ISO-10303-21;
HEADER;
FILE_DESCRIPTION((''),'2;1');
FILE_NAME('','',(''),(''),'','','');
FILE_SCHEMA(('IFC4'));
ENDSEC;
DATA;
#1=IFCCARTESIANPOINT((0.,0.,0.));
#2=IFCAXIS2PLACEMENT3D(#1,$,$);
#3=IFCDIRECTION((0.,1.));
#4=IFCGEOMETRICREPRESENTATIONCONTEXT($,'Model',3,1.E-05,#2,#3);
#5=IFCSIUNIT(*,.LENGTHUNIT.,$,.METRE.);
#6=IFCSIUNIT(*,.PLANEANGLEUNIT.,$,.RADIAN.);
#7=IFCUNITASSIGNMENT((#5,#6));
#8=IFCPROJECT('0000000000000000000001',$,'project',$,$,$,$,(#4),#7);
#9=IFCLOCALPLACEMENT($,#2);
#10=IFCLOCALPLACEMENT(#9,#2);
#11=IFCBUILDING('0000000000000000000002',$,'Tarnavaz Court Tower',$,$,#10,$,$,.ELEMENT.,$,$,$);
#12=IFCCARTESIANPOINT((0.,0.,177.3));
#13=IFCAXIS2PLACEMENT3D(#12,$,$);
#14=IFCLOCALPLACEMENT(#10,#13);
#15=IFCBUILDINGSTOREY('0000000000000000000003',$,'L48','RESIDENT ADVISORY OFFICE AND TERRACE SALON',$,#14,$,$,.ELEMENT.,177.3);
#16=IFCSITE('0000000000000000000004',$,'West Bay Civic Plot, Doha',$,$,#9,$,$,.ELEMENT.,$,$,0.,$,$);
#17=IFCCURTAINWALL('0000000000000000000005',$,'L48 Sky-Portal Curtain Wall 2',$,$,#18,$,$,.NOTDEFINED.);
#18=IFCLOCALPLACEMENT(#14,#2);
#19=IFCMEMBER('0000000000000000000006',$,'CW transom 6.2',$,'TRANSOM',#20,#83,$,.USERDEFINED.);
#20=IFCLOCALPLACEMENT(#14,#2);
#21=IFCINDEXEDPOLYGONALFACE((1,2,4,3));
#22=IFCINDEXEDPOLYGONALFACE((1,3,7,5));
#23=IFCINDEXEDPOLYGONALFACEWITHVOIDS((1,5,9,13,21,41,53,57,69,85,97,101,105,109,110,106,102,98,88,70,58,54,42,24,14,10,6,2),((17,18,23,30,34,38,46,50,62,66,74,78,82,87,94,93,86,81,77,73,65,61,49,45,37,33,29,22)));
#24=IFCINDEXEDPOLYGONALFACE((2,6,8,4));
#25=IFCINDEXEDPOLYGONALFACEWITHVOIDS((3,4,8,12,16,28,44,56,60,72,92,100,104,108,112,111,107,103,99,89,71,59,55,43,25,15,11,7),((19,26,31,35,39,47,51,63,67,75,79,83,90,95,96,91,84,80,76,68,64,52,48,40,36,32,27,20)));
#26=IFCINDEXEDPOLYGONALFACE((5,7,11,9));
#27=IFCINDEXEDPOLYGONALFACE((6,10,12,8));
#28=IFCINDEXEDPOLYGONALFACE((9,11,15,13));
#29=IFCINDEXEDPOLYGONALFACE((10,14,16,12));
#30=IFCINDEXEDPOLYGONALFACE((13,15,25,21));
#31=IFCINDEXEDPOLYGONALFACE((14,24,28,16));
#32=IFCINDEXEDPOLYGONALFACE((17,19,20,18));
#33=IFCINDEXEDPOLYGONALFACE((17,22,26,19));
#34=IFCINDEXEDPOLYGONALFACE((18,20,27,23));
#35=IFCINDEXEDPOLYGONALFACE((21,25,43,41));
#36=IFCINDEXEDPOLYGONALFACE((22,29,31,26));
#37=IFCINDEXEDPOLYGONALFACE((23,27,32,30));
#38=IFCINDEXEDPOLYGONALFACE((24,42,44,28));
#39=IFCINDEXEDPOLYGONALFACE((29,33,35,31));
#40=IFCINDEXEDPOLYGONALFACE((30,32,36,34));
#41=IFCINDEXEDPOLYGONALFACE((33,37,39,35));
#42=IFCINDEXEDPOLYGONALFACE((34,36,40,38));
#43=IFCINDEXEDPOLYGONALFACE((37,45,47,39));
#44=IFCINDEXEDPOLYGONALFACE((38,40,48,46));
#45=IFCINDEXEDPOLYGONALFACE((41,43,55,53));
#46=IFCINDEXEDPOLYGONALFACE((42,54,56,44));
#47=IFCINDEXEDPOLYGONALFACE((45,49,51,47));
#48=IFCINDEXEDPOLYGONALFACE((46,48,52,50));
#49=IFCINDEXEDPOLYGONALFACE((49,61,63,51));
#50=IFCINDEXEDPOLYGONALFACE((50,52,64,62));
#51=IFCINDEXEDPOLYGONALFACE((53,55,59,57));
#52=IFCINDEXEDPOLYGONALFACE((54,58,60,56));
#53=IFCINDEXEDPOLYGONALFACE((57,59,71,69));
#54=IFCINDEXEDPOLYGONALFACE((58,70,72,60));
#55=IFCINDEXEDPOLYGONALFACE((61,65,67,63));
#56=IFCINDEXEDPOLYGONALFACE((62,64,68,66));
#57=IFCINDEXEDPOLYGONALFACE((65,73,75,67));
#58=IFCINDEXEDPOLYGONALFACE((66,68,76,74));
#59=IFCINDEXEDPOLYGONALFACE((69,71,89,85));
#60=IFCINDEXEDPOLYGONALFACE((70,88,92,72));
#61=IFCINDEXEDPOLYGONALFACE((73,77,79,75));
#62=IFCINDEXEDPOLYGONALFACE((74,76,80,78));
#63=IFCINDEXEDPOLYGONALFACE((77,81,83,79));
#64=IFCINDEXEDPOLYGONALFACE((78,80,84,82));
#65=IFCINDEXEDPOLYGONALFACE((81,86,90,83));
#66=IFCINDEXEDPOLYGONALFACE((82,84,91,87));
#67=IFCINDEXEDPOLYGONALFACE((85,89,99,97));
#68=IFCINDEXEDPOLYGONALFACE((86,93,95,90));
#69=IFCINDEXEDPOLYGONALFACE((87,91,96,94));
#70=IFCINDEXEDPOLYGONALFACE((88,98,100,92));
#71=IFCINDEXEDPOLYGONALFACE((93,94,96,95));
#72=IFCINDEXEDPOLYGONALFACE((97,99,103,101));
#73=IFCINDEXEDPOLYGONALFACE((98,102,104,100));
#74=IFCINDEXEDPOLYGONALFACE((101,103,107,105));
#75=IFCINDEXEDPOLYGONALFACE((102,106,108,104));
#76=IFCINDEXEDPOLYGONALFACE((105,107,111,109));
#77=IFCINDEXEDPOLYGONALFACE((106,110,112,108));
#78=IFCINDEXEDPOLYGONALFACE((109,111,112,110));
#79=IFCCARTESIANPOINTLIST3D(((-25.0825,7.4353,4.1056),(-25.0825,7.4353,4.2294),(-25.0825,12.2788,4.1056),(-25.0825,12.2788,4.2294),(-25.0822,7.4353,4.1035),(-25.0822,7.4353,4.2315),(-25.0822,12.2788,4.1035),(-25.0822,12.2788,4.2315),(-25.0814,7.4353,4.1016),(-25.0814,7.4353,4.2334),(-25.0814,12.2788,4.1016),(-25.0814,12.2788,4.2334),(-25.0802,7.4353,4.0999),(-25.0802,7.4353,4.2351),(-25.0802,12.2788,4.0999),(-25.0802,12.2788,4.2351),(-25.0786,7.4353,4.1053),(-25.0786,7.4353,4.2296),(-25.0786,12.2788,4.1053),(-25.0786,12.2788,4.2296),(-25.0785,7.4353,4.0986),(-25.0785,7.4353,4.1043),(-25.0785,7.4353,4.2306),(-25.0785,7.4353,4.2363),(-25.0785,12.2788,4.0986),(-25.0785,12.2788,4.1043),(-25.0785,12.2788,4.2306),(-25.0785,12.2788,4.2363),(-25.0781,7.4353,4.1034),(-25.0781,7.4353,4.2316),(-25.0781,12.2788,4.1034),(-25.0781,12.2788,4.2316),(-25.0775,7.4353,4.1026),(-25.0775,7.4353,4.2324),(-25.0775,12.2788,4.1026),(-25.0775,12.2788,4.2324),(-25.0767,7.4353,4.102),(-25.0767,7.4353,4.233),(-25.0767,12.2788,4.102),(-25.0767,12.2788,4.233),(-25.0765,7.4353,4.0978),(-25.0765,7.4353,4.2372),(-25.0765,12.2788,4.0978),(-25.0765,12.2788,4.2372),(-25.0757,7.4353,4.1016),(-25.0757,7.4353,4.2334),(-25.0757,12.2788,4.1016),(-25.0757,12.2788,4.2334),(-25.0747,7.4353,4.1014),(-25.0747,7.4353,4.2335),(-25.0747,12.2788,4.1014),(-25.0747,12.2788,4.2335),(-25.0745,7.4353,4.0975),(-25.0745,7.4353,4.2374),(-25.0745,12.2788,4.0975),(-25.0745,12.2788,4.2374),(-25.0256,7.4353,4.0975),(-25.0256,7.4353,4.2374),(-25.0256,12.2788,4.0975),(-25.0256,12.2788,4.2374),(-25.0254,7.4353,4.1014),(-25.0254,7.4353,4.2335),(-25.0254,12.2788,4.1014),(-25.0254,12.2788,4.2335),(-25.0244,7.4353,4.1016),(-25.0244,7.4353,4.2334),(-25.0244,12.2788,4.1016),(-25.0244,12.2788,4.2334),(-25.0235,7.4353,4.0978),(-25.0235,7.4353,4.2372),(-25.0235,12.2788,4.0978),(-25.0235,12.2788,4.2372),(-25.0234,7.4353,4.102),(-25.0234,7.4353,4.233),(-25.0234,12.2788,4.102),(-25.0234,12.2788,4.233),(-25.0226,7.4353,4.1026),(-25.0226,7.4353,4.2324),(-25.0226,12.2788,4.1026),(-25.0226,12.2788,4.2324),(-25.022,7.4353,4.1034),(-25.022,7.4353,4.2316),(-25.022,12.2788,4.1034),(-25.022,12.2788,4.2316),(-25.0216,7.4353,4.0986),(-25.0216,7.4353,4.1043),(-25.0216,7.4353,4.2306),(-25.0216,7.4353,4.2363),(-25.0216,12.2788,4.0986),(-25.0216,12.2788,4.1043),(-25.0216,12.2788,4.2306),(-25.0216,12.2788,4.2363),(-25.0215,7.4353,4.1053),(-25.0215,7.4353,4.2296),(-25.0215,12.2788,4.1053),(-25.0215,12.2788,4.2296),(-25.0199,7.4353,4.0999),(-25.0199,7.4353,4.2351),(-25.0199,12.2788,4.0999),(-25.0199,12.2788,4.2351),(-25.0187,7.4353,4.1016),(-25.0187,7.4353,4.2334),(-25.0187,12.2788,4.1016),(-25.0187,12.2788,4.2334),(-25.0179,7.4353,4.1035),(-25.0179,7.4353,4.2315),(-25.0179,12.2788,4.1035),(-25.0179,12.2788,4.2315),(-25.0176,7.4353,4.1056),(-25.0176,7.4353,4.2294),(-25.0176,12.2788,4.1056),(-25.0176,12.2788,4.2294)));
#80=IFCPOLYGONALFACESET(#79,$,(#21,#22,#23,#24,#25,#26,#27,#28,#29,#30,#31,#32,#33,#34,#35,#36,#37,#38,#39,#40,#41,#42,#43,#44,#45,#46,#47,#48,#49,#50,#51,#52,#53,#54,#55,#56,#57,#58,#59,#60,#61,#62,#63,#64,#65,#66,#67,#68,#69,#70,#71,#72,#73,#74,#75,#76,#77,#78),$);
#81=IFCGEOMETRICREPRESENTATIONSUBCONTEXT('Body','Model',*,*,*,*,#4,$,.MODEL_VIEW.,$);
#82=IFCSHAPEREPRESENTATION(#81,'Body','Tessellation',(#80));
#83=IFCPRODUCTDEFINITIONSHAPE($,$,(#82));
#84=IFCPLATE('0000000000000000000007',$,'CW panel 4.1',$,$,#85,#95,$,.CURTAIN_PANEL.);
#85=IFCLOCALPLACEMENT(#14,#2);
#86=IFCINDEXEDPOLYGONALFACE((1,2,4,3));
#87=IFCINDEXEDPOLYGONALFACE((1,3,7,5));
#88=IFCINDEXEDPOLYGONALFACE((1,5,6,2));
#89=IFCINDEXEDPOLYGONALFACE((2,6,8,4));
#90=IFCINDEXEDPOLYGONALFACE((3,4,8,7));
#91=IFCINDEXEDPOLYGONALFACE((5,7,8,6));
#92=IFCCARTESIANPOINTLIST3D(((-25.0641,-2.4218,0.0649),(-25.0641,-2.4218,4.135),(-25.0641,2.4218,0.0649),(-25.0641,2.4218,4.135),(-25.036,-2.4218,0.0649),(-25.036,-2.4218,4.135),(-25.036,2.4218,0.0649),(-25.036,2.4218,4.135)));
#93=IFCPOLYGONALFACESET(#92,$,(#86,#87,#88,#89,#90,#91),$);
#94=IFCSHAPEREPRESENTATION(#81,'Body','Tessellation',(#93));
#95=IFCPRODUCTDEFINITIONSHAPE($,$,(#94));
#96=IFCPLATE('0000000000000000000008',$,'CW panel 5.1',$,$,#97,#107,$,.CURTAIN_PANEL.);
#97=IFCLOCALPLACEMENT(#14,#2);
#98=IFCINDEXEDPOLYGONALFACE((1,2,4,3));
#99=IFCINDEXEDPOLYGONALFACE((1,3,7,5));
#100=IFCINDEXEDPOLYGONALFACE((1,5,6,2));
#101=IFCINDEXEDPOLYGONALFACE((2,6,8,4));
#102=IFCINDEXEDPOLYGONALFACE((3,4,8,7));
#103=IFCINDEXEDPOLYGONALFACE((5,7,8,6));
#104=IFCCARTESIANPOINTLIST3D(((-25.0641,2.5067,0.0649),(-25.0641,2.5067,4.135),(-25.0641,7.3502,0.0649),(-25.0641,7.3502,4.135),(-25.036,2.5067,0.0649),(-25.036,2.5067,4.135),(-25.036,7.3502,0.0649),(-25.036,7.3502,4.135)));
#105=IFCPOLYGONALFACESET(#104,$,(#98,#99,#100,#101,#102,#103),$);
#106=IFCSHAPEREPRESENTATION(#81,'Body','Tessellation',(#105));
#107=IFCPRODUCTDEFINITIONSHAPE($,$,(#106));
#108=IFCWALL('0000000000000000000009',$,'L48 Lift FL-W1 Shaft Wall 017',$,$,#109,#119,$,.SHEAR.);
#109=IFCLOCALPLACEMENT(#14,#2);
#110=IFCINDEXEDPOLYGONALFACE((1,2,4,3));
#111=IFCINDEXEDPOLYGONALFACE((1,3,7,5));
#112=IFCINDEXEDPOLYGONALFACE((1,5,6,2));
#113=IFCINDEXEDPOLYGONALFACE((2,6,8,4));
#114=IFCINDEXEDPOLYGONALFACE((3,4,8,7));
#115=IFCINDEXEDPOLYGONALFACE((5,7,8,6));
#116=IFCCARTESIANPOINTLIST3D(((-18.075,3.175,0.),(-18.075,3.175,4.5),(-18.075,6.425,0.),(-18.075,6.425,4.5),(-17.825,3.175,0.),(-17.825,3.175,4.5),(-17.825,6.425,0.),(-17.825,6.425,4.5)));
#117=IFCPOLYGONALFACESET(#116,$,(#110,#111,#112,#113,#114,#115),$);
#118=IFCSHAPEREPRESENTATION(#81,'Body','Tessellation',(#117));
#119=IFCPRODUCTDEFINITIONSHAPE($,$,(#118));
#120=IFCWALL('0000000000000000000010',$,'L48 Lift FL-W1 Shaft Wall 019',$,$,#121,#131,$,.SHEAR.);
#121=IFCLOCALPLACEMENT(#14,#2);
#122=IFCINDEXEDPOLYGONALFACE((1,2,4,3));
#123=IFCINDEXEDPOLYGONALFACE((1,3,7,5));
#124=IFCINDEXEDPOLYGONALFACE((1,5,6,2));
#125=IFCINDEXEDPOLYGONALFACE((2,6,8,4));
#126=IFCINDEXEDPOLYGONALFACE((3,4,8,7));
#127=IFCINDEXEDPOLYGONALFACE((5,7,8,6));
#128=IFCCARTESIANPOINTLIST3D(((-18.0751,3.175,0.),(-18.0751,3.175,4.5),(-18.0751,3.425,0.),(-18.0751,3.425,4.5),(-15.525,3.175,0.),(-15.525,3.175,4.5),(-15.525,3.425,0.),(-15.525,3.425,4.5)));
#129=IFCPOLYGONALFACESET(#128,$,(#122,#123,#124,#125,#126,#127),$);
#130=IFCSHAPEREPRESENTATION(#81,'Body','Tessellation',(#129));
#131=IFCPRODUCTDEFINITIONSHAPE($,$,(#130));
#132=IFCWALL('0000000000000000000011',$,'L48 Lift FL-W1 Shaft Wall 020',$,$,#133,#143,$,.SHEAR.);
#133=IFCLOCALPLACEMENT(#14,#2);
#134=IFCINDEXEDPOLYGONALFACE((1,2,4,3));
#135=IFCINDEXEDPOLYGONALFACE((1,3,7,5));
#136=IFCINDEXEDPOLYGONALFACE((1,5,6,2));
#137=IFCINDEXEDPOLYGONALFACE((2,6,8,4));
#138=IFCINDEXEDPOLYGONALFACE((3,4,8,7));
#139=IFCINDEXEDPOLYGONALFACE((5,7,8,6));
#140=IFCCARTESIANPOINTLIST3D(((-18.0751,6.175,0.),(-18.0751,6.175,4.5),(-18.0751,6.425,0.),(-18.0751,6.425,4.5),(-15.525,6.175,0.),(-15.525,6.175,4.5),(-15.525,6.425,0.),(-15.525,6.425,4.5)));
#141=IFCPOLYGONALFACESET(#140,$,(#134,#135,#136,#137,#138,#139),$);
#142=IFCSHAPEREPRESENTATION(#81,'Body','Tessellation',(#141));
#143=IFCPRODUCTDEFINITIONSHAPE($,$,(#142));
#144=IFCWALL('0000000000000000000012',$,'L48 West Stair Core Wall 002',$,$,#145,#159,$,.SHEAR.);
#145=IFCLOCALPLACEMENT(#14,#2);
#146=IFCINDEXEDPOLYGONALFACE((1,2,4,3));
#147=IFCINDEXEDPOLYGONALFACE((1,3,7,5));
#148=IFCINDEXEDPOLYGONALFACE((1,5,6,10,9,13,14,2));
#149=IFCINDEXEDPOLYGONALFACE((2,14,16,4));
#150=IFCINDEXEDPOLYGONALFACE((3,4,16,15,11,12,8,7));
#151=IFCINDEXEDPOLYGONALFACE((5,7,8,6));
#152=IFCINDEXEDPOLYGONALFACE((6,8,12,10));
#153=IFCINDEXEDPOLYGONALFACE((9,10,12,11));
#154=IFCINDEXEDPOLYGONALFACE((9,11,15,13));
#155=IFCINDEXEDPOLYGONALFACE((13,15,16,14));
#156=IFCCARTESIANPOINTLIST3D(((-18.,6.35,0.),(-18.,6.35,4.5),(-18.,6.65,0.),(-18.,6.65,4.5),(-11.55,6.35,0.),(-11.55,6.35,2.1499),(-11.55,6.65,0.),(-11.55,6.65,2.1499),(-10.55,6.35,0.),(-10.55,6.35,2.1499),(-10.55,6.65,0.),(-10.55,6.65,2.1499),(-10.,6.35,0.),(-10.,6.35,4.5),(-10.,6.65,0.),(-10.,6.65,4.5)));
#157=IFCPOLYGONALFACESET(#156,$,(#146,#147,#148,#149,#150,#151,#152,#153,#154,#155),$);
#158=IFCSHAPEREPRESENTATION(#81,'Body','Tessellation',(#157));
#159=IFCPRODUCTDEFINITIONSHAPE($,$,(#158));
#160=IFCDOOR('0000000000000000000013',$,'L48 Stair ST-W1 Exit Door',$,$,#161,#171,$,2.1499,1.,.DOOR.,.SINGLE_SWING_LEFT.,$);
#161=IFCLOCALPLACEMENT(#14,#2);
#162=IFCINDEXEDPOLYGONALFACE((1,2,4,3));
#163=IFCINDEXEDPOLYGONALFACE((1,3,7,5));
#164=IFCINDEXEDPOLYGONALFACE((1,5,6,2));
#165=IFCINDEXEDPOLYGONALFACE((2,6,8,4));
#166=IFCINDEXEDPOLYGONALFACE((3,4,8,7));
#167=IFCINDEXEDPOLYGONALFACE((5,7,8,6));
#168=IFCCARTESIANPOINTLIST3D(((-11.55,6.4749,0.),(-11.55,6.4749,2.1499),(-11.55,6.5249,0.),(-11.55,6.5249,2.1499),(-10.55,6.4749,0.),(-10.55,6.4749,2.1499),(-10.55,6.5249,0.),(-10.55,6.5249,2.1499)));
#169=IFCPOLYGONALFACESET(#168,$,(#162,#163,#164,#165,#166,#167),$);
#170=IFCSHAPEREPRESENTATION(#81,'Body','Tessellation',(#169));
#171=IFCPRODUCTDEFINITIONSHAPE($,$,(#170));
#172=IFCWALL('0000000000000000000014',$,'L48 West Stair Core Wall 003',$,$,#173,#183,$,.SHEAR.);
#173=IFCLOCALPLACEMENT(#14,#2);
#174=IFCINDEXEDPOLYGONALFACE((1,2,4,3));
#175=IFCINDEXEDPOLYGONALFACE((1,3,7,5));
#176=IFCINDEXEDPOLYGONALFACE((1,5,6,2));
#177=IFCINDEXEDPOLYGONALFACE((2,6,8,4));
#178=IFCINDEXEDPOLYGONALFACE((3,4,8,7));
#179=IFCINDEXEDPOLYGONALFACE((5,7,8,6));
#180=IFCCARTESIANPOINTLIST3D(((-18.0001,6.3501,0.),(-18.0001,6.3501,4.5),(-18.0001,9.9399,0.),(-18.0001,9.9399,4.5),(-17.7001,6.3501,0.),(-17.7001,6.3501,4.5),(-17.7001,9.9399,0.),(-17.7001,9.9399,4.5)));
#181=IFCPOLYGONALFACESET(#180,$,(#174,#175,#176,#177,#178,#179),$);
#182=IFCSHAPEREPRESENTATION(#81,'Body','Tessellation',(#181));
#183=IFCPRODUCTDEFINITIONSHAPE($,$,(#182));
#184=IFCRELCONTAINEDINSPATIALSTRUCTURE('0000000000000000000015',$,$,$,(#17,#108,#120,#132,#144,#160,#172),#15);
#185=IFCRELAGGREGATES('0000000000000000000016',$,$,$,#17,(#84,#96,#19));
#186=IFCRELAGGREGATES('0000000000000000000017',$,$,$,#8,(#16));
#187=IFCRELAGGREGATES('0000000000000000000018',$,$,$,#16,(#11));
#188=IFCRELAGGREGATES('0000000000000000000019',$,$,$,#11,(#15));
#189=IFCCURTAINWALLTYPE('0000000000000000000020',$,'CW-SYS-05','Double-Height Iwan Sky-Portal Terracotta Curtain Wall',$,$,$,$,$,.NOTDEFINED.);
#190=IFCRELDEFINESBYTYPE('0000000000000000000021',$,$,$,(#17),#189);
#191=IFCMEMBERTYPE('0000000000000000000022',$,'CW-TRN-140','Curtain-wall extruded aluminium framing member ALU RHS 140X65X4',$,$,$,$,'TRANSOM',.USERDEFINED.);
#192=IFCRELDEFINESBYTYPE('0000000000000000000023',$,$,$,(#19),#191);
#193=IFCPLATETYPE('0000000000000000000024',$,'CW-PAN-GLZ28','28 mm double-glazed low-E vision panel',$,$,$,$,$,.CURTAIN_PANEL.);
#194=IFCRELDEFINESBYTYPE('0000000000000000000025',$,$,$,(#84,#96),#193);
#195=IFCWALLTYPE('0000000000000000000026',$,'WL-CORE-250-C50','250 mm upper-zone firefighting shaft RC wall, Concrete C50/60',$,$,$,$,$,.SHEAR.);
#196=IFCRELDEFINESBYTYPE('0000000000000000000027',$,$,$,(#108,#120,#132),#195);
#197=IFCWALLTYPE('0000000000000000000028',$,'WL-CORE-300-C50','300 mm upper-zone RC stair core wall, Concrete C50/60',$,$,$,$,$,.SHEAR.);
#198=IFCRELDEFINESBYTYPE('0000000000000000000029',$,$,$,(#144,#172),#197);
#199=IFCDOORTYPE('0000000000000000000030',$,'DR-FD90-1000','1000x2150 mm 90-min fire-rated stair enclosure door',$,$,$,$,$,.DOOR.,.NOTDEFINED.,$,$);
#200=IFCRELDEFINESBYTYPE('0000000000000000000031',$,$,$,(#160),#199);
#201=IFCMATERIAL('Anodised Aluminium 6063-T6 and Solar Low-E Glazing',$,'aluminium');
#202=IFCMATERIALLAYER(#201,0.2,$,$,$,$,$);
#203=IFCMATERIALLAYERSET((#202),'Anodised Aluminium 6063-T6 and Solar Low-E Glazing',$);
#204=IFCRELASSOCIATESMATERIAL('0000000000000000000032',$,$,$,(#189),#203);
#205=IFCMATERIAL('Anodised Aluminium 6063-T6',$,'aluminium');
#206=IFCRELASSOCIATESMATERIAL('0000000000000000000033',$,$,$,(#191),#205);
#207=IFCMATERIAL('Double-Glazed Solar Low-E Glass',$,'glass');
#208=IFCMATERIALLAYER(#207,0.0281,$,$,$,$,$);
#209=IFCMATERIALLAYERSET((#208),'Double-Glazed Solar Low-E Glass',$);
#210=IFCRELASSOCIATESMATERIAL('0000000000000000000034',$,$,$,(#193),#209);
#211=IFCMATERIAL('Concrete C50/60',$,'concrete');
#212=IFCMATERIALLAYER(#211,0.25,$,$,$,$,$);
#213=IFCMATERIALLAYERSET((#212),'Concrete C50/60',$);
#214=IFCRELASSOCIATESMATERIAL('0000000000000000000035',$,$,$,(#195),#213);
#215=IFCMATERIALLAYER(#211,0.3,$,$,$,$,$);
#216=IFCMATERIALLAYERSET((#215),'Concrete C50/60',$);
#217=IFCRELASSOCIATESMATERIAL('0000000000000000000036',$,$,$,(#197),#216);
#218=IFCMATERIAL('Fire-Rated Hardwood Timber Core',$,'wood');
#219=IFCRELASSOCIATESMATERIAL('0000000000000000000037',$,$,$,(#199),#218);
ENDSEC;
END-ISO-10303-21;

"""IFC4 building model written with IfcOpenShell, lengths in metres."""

from ifc_helpers import new_model, si_unit, direction, frame, frame_2d, origin, origin_2d, place, context, subcontext, project, spatial, rectangle, hollow_rectangle, extrude, material, layer, layer_set, material_profile, profile_set, type_object, element, fill, aggregate, save


model = new_model("IFC4")

# Units and contexts
model_context = context("Model", 3, precision=1e-05, world=origin(), true_north=direction((0.0, 1.0)))
body_context = subcontext(model_context, "Body", "Model", "MODEL_VIEW")
ifc_project = project(units=[si_unit("LENGTHUNIT", "METRE"), si_unit("PLANEANGLEUNIT", "RADIAN")], contexts=[model_context])

# Site, building, storey
site_placement = place(None, origin())
site = spatial("IfcSite", under=ifc_project, at=site_placement, Name="West Bay Civic Plot, Doha", CompositionType="ELEMENT", RefElevation=0.0)
building_placement = place(site_placement, origin())
building = spatial("IfcBuilding", under=site, at=building_placement, Name="Tarnavaz Court Tower", CompositionType="ELEMENT")
storey_placement = place(building_placement, frame((0.0, 0.0, 177.3)))
storey = spatial("IfcBuildingStorey", under=building, at=storey_placement, Name="L48", Description="RESIDENT ADVISORY OFFICE AND TERRACE SALON", CompositionType="ELEMENT", Elevation=177.3)

# Shared definitions
ifc_material_1 = material(Name="Concrete C50/60", Category="concrete")

# Curtain wall, member, plates
ifc_material_2 = material(Name="Anodised Aluminium 6063-T6 and Solar Low-E Glazing", Category="aluminium")
ifc_layer_1 = layer(ifc_material_2, 0.2)
ifc_layer_set_1 = layer_set([ifc_layer_1], Name="Anodised Aluminium 6063-T6 and Solar Low-E Glazing")
curtain_wall_type = type_object("IfcCurtainWallType", Name="CW-SYS-05", Description="Double-Height Iwan Sky-Portal Terracotta Curtain Wall", PredefinedType="NOTDEFINED", material=ifc_layer_set_1)
curtain_wall_placement = place(storey_placement, origin())
curtain_wall = element("IfcCurtainWall", 1, at=curtain_wall_placement, inside=storey, type_object=curtain_wall_type, Name="L48 Sky-Portal Curtain Wall 2", PredefinedType="NOTDEFINED")
ifc_material_3 = material(Name="Anodised Aluminium 6063-T6", Category="aluminium")
ifc_material_profile_1 = material_profile(ifc_material_3, hollow_rectangle(XDim=0.0649, YDim=0.1399, WallThickness=0.0039, InnerFilletRadius=0.0039, OuterFilletRadius=0.0081, at=origin_2d()), Name="ALU RHS 140X65X4")
ifc_profile_set_1 = profile_set([ifc_material_profile_1], Name="Anodised Aluminium 6063-T6")
member_type_1 = type_object("IfcMemberType", Name="CW-TRN-140", Description="Curtain-wall extruded aluminium framing member ALU RHS 140X65X4", ElementType="TRANSOM", PredefinedType="USERDEFINED", material=ifc_profile_set_1)
member_1_placement = place(storey_placement, frame((-25.05, 7.4353, 4.1675), z_axis=(0.0, 1.0, 0.0), x_axis=(-1.0, 0.0, 0.0)))
member_1 = element("IfcMember", 2, at=member_1_placement, type_object=member_type_1, Name="CW transom 6.2", ObjectType="TRANSOM", PredefinedType="USERDEFINED", context=body_context, shape_type="SweptSolid", body=[
    extrude(hollow_rectangle(XDim=0.0649, YDim=0.1399, WallThickness=0.0039, InnerFilletRadius=0.0039, OuterFilletRadius=0.0081, at=origin_2d()), origin(), (0.0, 0.0, 1.0), 4.8435),
])
ifc_material_4 = material(Name="Double-Glazed Solar Low-E Glass", Category="glass")
ifc_layer_2 = layer(ifc_material_4, 0.0281)
ifc_layer_set_2 = layer_set([ifc_layer_2], Name="Double-Glazed Solar Low-E Glass")
plate_type = type_object("IfcPlateType", Name="CW-PAN-GLZ28", Description="28 mm double-glazed low-E vision panel", PredefinedType="CURTAIN_PANEL", material=ifc_layer_set_2)
plate_1_placement = place(storey_placement, frame((-25.05, 0.0, 0.0649), z_axis=(0.0, 0.0, 1.0), x_axis=(0.0, 1.0, 0.0)))
plate_1 = element("IfcPlate", 3, at=plate_1_placement, type_object=plate_type, Name="CW panel 4.1", PredefinedType="CURTAIN_PANEL", context=body_context, shape_type="SweptSolid", body=[
    extrude(rectangle(XDim=4.8435, YDim=0.0281, at=origin_2d()), origin(), (0.0, 0.0, 1.0), 4.0701),
])
plate_2_placement = place(storey_placement, frame((-25.05, 4.9285, 0.0649), z_axis=(0.0, 0.0, 1.0), x_axis=(0.0, 1.0, 0.0)))
plate_2 = element("IfcPlate", 4, at=plate_2_placement, type_object=plate_type, Name="CW panel 5.1", PredefinedType="CURTAIN_PANEL", context=body_context, shape_type="SweptSolid", body=[
    extrude(rectangle(XDim=4.8435, YDim=0.0281, at=origin_2d()), origin(), (0.0, 0.0, 1.0), 4.0701),
])
aggregate(curtain_wall, [plate_1, plate_2, member_1])

# Wall
ifc_layer_3 = layer(ifc_material_1, 0.25)
ifc_layer_set_3 = layer_set([ifc_layer_3], Name="Concrete C50/60")
wall_type_1 = type_object("IfcWallType", Name="WL-CORE-250-C50", Description="250 mm upper-zone firefighting shaft RC wall, Concrete C50/60", PredefinedType="SHEAR", material=ifc_layer_set_3)
wall_1_placement = place(storey_placement, frame((-17.95, 3.175, 0.0), z_axis=(0.0, 0.0, 1.0), x_axis=(0.0, 1.0, 0.0)))
element("IfcWall", 5, at=wall_1_placement, inside=storey, type_object=wall_type_1, Name="L48 Lift FL-W1 Shaft Wall 017", PredefinedType="SHEAR", context=body_context, shape_type="SweptSolid", body=[
    extrude(rectangle(XDim=3.25, YDim=0.25, at=frame_2d((1.625, 0.0))), origin(), (0.0, 0.0, 1.0), 4.5),
])

# Walls
for number, where, z_axis, x_axis, name in (
    (6, (-18.075, 3.3, 0.0), (0.0, 0.0, 1.0), (1.0, 0.0, 0.0), "L48 Lift FL-W1 Shaft Wall 019"),
    (7, (-18.075, 6.3, 0.0), (0.0, 0.0, 1.0), (1.0, 0.0, 0.0), "L48 Lift FL-W1 Shaft Wall 020"),
):
    element("IfcWall", number, at=place(storey_placement, frame(where, z_axis=z_axis, x_axis=x_axis)), inside=storey, type_object=wall_type_1, Name=name, PredefinedType="SHEAR", context=body_context, shape_type="SweptSolid", body=[
        extrude(rectangle(XDim=2.55, YDim=0.25, at=frame_2d((1.2749, 0.0))), origin(), (0.0, 0.0, 1.0), 4.5),
    ])

# Wall, opening, door
ifc_layer_4 = layer(ifc_material_1, 0.3)
ifc_layer_set_4 = layer_set([ifc_layer_4], Name="Concrete C50/60")
wall_type_2 = type_object("IfcWallType", Name="WL-CORE-300-C50", Description="300 mm upper-zone RC stair core wall, Concrete C50/60", PredefinedType="SHEAR", material=ifc_layer_set_4)
wall_2_placement = place(storey_placement, frame((-18.0, 6.5, 0.0), z_axis=(0.0, 0.0, 1.0), x_axis=(1.0, 0.0, 0.0)))
wall_2 = element("IfcWall", 8, at=wall_2_placement, inside=storey, type_object=wall_type_2, Name="L48 West Stair Core Wall 002", PredefinedType="SHEAR", context=body_context, shape_type="SweptSolid", body=[
    extrude(rectangle(XDim=8.0, YDim=0.3, at=frame_2d((4.0, 0.0))), origin(), (0.0, 0.0, 1.0), 4.5),
])
opening_1_placement = place(wall_2_placement, frame((6.45, 0.0, 0.0)))
opening_1 = element("IfcOpeningElement", 9, at=opening_1_placement, cuts=wall_2, PredefinedType="OPENING", context=body_context, shape_type="SweptSolid", body=[
    extrude(rectangle(XDim=1.0, YDim=2.1499, at=frame_2d((0.5, 1.075))), frame((0.0, 0.1599, 0.0), z_axis=(0.0, -1.0, 0.0), x_axis=(1.0, 0.0, 0.0)), (0.0, 0.0, 1.0), 0.3201),
])
ifc_material_5 = material(Name="Fire-Rated Hardwood Timber Core", Category="wood")
door_type_1 = type_object("IfcDoorType", Name="DR-FD90-1000", Description="1000x2150 mm 90-min fire-rated stair enclosure door", OperationType="NOTDEFINED", PredefinedType="DOOR", material=ifc_material_5)
door_1_placement = place(opening_1_placement, origin())
door_1 = element("IfcDoor", 10, at=door_1_placement, inside=storey, type_object=door_type_1, Name="L48 Stair ST-W1 Exit Door", OperationType="SINGLE_SWING_LEFT", OverallHeight=2.1499, OverallWidth=1.0, PredefinedType="DOOR", context=body_context, shape_type="SweptSolid", body=[
    extrude(rectangle(XDim=1.0, YDim=2.1499, at=frame_2d((0.5, 1.075))), frame((0.0, 0.0249, 0.0), z_axis=(0.0, -1.0, 0.0), x_axis=(1.0, 0.0, 0.0)), (0.0, 0.0, 1.0), 0.05),
])
fill(opening_1, door_1)

# Wall
wall_3_placement = place(storey_placement, frame((-17.8501, 6.3501, 0.0), z_axis=(0.0, 0.0, 1.0), x_axis=(0.0, 1.0, 0.0)))
element("IfcWall", 11, at=wall_3_placement, inside=storey, type_object=wall_type_2, Name="L48 West Stair Core Wall 003", PredefinedType="SHEAR", context=body_context, shape_type="SweptSolid", body=[
    extrude(rectangle(XDim=3.5898, YDim=0.3, at=frame_2d((1.7949, 0.0))), origin(), (0.0, 0.0, 1.0), 4.5),
])

save(model, "model.ifc")
